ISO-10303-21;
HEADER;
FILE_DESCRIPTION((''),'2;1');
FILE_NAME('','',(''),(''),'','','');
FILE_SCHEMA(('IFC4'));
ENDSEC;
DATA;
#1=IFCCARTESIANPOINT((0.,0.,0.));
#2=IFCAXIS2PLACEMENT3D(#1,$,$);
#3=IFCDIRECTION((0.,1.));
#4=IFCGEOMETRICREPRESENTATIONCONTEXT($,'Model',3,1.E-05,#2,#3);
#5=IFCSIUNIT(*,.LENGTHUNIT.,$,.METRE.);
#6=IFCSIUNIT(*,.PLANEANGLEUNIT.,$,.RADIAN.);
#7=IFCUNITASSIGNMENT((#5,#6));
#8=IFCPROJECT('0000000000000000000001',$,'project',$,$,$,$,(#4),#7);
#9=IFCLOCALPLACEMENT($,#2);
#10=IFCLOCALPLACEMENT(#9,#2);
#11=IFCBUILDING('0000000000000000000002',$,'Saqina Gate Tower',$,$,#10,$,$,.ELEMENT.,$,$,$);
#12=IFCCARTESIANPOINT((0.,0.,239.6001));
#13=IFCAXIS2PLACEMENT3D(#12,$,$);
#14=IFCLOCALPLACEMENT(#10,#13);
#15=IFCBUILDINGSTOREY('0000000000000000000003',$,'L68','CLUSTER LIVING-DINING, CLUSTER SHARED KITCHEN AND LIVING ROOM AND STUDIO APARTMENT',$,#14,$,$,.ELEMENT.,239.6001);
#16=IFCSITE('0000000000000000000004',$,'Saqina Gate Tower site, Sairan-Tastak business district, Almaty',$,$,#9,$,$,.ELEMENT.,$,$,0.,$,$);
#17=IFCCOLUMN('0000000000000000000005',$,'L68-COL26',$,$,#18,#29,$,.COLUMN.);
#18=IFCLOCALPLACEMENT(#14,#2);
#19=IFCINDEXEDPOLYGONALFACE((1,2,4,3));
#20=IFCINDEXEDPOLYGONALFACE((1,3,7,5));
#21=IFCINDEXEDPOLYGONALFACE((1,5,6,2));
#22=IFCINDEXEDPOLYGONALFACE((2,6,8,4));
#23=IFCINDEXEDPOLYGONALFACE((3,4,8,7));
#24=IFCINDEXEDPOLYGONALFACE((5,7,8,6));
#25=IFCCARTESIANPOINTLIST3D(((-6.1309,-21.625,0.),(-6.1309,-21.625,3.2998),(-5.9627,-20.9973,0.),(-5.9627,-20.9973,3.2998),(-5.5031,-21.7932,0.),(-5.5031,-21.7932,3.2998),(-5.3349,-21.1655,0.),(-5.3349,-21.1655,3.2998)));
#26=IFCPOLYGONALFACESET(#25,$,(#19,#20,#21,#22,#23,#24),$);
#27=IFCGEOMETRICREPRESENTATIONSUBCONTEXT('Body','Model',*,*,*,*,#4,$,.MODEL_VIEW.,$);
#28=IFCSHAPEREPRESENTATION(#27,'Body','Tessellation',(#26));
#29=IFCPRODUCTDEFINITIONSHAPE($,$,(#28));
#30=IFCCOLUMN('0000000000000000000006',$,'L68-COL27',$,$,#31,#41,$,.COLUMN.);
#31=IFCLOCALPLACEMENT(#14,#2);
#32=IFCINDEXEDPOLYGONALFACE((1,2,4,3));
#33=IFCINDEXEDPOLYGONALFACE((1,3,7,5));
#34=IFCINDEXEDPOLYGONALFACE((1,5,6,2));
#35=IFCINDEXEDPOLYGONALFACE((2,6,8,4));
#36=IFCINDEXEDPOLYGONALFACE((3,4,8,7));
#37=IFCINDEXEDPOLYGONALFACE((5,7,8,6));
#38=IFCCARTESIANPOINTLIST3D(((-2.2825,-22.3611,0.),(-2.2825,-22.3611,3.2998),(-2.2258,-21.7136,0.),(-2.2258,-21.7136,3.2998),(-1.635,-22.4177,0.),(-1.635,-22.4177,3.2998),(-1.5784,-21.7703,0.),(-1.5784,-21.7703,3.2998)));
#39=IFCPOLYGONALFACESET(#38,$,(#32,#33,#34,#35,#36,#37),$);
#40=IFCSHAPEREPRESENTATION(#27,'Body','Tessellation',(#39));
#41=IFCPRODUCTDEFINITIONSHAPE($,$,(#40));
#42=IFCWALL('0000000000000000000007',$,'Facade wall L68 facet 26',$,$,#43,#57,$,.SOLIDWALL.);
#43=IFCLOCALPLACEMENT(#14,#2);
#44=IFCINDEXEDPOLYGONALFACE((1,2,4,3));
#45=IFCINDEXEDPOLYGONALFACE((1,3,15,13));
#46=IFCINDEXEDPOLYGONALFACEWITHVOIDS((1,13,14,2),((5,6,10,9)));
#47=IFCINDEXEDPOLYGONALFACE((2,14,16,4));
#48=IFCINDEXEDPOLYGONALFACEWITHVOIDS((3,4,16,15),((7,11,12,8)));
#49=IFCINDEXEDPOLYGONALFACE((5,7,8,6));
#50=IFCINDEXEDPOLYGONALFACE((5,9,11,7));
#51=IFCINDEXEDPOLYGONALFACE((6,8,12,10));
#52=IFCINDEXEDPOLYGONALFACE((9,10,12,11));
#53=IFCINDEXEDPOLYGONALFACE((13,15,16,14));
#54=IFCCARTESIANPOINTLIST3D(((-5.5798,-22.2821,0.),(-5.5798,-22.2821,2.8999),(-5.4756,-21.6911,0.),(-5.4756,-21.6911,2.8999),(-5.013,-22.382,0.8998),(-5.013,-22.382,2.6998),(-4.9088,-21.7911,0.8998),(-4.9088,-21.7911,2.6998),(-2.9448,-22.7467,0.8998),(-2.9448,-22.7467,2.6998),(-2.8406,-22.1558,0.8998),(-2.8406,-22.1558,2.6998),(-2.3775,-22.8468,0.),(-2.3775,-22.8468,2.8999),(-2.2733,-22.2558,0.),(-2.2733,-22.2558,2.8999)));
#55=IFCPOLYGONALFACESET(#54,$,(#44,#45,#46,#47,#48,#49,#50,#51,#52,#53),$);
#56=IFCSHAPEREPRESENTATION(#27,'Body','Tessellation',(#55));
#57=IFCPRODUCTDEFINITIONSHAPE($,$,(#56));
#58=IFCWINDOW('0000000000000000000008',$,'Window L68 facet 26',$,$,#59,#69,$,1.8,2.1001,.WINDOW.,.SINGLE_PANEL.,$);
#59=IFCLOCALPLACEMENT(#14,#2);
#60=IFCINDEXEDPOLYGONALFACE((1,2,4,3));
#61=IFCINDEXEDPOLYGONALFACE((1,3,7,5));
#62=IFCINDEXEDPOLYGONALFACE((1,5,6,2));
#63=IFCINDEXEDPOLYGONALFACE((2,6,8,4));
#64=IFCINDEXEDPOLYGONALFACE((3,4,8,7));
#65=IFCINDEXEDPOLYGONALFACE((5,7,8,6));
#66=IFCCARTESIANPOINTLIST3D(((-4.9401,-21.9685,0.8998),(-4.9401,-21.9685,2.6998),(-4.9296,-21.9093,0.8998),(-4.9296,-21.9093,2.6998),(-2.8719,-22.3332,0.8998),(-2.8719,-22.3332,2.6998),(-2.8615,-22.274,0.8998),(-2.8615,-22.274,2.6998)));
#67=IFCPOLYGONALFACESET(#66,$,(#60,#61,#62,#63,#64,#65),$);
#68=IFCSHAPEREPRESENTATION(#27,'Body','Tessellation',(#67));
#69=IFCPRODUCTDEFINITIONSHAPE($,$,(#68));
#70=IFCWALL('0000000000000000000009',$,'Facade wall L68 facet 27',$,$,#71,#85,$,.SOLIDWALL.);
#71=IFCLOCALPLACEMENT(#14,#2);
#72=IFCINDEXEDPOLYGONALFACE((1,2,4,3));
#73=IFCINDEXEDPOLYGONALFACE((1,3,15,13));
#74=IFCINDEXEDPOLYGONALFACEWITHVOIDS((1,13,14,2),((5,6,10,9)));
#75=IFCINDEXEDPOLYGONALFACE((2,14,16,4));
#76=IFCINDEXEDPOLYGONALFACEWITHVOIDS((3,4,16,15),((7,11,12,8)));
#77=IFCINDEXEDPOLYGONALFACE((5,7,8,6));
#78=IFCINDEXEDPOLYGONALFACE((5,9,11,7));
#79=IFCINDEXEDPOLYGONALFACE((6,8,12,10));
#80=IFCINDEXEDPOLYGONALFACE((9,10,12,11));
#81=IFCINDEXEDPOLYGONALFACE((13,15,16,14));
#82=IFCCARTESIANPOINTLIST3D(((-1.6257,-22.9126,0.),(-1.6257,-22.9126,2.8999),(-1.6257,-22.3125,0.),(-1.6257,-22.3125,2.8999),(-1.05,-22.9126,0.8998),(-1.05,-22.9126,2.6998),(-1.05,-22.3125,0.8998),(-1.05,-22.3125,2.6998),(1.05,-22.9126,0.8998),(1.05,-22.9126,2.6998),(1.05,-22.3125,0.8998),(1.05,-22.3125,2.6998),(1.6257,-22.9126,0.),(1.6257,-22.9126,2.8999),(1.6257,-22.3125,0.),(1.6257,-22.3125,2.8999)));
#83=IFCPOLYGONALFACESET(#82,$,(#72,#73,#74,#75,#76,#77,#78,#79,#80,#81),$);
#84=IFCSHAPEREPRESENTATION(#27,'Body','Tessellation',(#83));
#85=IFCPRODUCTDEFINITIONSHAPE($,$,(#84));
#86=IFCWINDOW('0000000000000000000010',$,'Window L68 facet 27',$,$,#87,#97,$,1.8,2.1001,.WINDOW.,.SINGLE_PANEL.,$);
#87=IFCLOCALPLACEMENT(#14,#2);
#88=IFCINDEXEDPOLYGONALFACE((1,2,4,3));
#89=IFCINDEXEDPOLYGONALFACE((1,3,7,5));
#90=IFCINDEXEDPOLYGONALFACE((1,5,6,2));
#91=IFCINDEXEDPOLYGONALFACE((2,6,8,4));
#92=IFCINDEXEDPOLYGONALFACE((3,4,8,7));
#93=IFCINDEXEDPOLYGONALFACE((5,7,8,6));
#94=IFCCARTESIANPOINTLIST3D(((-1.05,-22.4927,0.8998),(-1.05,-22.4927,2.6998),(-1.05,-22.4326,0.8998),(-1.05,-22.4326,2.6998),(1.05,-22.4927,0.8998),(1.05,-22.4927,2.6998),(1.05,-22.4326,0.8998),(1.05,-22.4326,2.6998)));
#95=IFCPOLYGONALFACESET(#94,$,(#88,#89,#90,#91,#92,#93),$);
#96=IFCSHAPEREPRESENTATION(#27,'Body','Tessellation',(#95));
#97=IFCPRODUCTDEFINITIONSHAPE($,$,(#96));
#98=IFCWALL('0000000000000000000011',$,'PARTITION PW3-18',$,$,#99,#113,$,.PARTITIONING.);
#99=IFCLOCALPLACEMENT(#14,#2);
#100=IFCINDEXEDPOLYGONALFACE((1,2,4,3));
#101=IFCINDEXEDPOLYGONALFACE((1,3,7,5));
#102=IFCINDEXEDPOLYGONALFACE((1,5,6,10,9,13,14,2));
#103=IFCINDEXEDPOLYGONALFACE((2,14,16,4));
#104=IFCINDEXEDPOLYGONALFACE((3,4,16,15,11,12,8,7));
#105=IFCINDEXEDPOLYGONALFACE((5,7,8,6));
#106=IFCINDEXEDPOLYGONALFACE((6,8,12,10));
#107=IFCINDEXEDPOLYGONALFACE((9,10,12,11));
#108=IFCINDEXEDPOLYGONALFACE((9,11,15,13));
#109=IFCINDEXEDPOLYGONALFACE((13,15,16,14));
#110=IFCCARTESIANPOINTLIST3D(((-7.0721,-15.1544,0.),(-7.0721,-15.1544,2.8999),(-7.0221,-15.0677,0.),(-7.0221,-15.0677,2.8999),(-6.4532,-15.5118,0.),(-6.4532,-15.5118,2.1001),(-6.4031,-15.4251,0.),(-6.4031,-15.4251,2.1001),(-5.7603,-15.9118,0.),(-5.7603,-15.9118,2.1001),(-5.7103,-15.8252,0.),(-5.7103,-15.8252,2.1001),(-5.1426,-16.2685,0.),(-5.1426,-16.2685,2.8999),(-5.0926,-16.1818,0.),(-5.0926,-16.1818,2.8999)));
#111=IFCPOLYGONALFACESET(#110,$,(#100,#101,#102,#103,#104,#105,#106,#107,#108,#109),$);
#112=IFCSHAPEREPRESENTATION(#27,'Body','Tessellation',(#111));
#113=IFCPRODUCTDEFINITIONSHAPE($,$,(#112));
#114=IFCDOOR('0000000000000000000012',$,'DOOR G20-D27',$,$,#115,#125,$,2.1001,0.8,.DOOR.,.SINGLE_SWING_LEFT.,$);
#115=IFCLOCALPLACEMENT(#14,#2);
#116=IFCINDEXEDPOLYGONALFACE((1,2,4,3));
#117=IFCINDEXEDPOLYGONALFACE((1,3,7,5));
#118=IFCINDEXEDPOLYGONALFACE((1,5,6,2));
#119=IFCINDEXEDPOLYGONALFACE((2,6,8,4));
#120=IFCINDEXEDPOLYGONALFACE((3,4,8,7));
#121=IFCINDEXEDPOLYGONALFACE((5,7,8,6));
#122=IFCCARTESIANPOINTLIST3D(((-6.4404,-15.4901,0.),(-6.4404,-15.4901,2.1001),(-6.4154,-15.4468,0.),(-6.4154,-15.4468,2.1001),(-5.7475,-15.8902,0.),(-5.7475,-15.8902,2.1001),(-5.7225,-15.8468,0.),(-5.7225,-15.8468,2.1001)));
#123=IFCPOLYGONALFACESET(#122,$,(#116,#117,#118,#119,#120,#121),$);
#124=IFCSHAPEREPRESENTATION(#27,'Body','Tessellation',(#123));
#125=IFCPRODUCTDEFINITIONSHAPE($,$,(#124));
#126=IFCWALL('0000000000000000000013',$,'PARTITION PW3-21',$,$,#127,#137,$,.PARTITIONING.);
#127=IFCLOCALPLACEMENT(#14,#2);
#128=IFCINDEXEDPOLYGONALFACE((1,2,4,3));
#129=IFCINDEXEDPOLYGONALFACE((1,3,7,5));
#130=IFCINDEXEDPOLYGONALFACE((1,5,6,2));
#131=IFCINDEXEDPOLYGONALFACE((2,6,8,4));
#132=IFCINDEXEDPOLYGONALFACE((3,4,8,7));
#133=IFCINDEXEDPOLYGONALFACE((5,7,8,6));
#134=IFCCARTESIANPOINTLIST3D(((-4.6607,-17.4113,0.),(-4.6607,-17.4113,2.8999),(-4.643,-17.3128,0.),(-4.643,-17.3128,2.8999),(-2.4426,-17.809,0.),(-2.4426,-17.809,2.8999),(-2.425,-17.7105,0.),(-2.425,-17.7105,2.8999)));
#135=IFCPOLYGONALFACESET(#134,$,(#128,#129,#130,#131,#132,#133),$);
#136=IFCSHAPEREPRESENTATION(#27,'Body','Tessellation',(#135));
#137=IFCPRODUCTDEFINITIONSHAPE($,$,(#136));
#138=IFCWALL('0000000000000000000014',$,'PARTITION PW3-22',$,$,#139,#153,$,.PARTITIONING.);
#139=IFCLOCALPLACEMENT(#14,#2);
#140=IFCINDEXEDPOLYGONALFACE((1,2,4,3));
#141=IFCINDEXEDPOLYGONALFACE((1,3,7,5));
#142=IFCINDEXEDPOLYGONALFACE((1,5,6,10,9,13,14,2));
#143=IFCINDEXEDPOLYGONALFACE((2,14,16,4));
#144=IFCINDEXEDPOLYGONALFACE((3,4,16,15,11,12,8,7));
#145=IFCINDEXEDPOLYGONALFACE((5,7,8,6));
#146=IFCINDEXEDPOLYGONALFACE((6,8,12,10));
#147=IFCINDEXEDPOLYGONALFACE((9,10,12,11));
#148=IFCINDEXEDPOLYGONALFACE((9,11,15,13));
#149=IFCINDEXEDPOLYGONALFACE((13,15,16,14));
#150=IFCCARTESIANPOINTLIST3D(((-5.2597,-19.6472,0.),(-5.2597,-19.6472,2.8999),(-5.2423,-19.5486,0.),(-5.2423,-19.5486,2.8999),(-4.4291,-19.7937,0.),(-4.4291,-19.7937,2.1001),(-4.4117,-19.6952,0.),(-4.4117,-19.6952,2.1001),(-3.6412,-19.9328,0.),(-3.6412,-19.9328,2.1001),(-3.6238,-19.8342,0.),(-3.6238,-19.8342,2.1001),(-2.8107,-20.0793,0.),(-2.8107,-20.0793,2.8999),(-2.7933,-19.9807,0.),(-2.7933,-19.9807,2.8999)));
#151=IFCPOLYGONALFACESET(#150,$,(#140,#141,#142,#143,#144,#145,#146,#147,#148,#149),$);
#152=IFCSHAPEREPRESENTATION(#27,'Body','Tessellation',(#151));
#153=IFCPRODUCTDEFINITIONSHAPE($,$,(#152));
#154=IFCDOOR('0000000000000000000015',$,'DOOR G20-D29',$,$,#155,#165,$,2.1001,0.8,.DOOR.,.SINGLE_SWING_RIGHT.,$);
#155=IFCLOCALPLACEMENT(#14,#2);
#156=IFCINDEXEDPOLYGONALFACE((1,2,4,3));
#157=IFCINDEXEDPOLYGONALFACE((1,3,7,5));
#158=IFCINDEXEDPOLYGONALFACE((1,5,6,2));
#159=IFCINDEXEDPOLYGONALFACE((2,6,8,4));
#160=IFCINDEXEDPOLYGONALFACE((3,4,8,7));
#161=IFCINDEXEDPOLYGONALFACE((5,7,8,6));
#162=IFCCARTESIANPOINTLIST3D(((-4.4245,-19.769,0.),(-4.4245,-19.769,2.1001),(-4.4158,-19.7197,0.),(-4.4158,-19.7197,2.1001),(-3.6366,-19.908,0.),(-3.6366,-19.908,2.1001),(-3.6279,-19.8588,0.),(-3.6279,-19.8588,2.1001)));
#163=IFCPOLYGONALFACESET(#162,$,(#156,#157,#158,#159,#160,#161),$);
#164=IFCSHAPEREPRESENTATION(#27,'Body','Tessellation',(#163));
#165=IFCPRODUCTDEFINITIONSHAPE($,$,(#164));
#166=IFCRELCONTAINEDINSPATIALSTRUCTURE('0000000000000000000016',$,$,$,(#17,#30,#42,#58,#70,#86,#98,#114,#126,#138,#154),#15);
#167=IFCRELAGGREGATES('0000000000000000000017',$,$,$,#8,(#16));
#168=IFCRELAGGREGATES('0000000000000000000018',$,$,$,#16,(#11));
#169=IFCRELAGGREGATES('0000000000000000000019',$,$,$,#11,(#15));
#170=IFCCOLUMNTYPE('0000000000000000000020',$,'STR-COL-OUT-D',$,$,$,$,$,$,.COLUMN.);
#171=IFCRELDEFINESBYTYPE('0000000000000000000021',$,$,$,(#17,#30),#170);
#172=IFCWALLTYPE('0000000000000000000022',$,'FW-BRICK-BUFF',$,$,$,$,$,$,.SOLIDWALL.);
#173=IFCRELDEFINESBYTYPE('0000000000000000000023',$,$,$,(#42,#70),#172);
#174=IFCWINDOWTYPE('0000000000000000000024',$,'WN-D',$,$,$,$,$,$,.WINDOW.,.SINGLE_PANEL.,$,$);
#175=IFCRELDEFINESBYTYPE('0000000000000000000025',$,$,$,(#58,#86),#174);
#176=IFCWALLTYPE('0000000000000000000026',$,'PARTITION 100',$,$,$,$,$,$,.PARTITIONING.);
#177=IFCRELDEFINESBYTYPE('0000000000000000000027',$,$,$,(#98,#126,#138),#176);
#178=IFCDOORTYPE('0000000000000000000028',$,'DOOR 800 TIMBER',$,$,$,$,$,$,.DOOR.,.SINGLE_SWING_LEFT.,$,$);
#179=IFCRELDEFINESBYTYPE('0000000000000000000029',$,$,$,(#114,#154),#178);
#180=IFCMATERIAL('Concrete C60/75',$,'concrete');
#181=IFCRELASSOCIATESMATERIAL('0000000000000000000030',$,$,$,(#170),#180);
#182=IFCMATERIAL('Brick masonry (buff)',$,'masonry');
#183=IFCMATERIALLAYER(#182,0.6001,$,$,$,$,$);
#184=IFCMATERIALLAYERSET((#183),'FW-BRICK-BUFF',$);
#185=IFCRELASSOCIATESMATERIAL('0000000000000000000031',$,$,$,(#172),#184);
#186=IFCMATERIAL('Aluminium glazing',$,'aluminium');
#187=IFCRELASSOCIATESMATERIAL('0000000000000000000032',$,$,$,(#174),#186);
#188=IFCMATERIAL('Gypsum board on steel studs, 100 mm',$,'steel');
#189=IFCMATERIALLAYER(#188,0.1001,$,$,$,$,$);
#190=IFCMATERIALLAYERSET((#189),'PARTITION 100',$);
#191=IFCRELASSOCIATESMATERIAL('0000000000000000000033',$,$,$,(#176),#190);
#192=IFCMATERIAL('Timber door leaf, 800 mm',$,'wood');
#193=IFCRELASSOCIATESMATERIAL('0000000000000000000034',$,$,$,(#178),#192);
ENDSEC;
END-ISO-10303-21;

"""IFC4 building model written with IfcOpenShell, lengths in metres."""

from ifc_helpers import new_model, si_unit, direction, frame, frame_2d, origin, origin_2d, place, context, subcontext, project, spatial, rectangle, extrude, material, layer, layer_set, material_profile, profile_set, type_object, element, fill, save


model = new_model("IFC4")

# Units and contexts
model_context = context("Model", 3, precision=1e-05, world=origin(), true_north=direction((0.0, 1.0)))
body_context = subcontext(model_context, "Body", "Model", "MODEL_VIEW")
ifc_project = project(units=[si_unit("LENGTHUNIT", "METRE"), si_unit("PLANEANGLEUNIT", "RADIAN")], contexts=[model_context])

# Site, building, storey
site_placement = place(None, origin())
site = spatial("IfcSite", under=ifc_project, at=site_placement, Name="Saqina Gate Tower site, Sairan-Tastak business district, Almaty", CompositionType="ELEMENT", RefElevation=0.0)
building_placement = place(site_placement, origin())
building = spatial("IfcBuilding", under=site, at=building_placement, Name="Saqina Gate Tower", CompositionType="ELEMENT")
storey_placement = place(building_placement, frame((0.0, 0.0, 239.6001)))
storey = spatial("IfcBuildingStorey", under=building, at=storey_placement, Name="L68", Description="CLUSTER LIVING-DINING, CLUSTER SHARED KITCHEN AND LIVING ROOM AND STUDIO APARTMENT", CompositionType="ELEMENT", Elevation=239.6001)

# Columns
ifc_material_1 = material(Name="Concrete C60/75", Category="concrete")
ifc_material_profile = material_profile(ifc_material_1, rectangle(XDim=0.6499, YDim=0.6499, at=origin_2d()), Name="RC 650x650")
ifc_profile_set = profile_set([ifc_material_profile], Name="Concrete C60/75")
column_type = type_object("IfcColumnType", Name="STR-COL-OUT-D", PredefinedType="COLUMN", material=ifc_profile_set)
for number, where, z_axis, x_axis, name in (
    (1, (-5.7329, -21.3953, 0.0), (0.0, 0.0, 1.0), (-0.258819, -0.965926, 0.0), "L68-COL26"),
    (2, (-1.9304, -22.0657, 0.0), (0.0, 0.0, 1.0), (-0.087156, -0.996195, 0.0), "L68-COL27"),
):
    element("IfcColumn", number, at=place(storey_placement, frame(where, z_axis=z_axis, x_axis=x_axis)), inside=storey, type_object=column_type, Name=name, PredefinedType="COLUMN", context=body_context, shape_type="SweptSolid", body=[
        extrude(rectangle(XDim=0.6499, YDim=0.6499, at=origin_2d()), origin(), (0.0, 0.0, 1.0), 3.2998),
    ])

# Walls, openings, windows
ifc_material_2 = material(Name="Brick masonry (buff)", Category="masonry")
ifc_layer_1 = layer(ifc_material_2, 0.6001)
ifc_layer_set_1 = layer_set([ifc_layer_1], Name="FW-BRICK-BUFF")
wall_type_1 = type_object("IfcWallType", Name="FW-BRICK-BUFF", PredefinedType="SOLIDWALL", material=ifc_layer_set_1)
wall_1_placement = place(storey_placement, frame((-5.5278, -21.9866, 0.0), z_axis=(0.0, 0.0, 1.0), x_axis=(0.984806, -0.173657, 0.0)))
wall_1 = element("IfcWall", 3, at=wall_1_placement, inside=storey, type_object=wall_type_1, Name="Facade wall L68 facet 26", PredefinedType="SOLIDWALL", context=body_context, shape_type="SweptSolid", body=[
    extrude(rectangle(XDim=3.2517, YDim=0.6001, at=frame_2d((1.626, 0.0))), origin(), (0.0, 0.0, 1.0), 2.8999),
])
opening_1_placement = place(wall_1_placement, frame((0.5757, 0.0, 0.8999)))
opening_1 = element("IfcOpeningElement", 4, at=opening_1_placement, cuts=wall_1, PredefinedType="OPENING", context=body_context, shape_type="SweptSolid", body=[
    extrude(rectangle(XDim=2.1001, YDim=1.8, at=frame_2d((1.05, 0.8999))), frame((0.0, 0.312, 0.0), z_axis=(0.0, -1.0, 0.0), x_axis=(1.0, 0.0, 0.0)), (0.0, 0.0, 1.0), 0.624),
])
ifc_material_3 = material(Name="Aluminium glazing", Category="aluminium")
window_type = type_object("IfcWindowType", Name="WN-D", PartitioningType="SINGLE_PANEL", PredefinedType="WINDOW", material=ifc_material_3)
window_1_placement = place(opening_1_placement, origin())
window_1 = element("IfcWindow", 5, at=window_1_placement, inside=storey, type_object=window_type, Name="Window L68 facet 26", OverallHeight=1.8, OverallWidth=2.1001, PartitioningType="SINGLE_PANEL", PredefinedType="WINDOW", context=body_context, shape_type="SweptSolid", body=[
    extrude(rectangle(XDim=2.1001, YDim=1.8, at=frame_2d((1.05, 0.8999))), frame((0.0, 0.1799, 0.0), z_axis=(0.0, -1.0, 0.0), x_axis=(1.0, 0.0, 0.0)), (0.0, 0.0, 1.0), 0.0601),
])
fill(opening_1, window_1)
wall_2_placement = place(storey_placement, frame((-1.6257, -22.6125, 0.0), z_axis=(0.0, 0.0, 1.0), x_axis=(1.0, 0.0, 0.0)))
wall_2 = element("IfcWall", 6, at=wall_2_placement, inside=storey, type_object=wall_type_1, Name="Facade wall L68 facet 27", PredefinedType="SOLIDWALL", context=body_context, shape_type="SweptSolid", body=[
    extrude(rectangle(XDim=3.2515, YDim=0.6001, at=frame_2d((1.6257, 0.0))), origin(), (0.0, 0.0, 1.0), 2.8999),
])
opening_2_placement = place(wall_2_placement, frame((0.5757, 0.0, 0.8999)))
opening_2 = element("IfcOpeningElement", 7, at=opening_2_placement, cuts=wall_2, PredefinedType="OPENING", context=body_context, shape_type="SweptSolid", body=[
    extrude(rectangle(XDim=2.1001, YDim=1.8, at=frame_2d((1.05, 0.8999))), frame((0.0, 0.312, 0.0), z_axis=(0.0, -1.0, 0.0), x_axis=(1.0, 0.0, 0.0)), (0.0, 0.0, 1.0), 0.624),
])
window_2_placement = place(opening_2_placement, origin())
window_2 = element("IfcWindow", 8, at=window_2_placement, inside=storey, type_object=window_type, Name="Window L68 facet 27", OverallHeight=1.8, OverallWidth=2.1001, PartitioningType="SINGLE_PANEL", PredefinedType="WINDOW", context=body_context, shape_type="SweptSolid", body=[
    extrude(rectangle(XDim=2.1001, YDim=1.8, at=frame_2d((1.05, 0.8999))), frame((0.0, 0.1799, 0.0), z_axis=(0.0, -1.0, 0.0), x_axis=(1.0, 0.0, 0.0)), (0.0, 0.0, 1.0), 0.0601),
])
fill(opening_2, window_2)

# Wall, opening, door
ifc_material_4 = material(Name="Gypsum board on steel studs, 100 mm", Category="steel")
ifc_layer_2 = layer(ifc_material_4, 0.1001)
ifc_layer_set_2 = layer_set([ifc_layer_2], Name="PARTITION 100")
wall_type_2 = type_object("IfcWallType", Name="PARTITION 100", PredefinedType="PARTITIONING", material=ifc_layer_set_2)
wall_3_placement = place(storey_placement, frame((-7.0471, -15.1111, 0.0), z_axis=(0.0, 0.0, 1.0), x_axis=(0.866016, -0.500017, 0.0)))
wall_3 = element("IfcWall", 9, at=wall_3_placement, inside=storey, type_object=wall_type_2, Name="PARTITION PW3-18", PredefinedType="PARTITIONING", context=body_context, shape_type="SweptSolid", body=[
    extrude(rectangle(XDim=2.228, YDim=0.1001, at=frame_2d((1.114, 0.0))), origin(), (0.0, 0.0, 1.0), 2.8999),
])
opening_3_placement = place(wall_3_placement, frame((0.7148, 0.0, 0.0)))
opening_3 = element("IfcOpeningElement", 10, at=opening_3_placement, cuts=wall_3, PredefinedType="OPENING", context=body_context, shape_type="SweptSolid", body=[
    extrude(rectangle(XDim=0.8, YDim=2.1001, at=frame_2d((0.3999, 1.05))), frame((0.0, 0.062, 0.0), z_axis=(0.0, -1.0, 0.0), x_axis=(1.0, 0.0, 0.0)), (0.0, 0.0, 1.0), 0.124),
])
ifc_material_5 = material(Name="Timber door leaf, 800 mm", Category="wood")
door_type_1 = type_object("IfcDoorType", Name="DOOR 800 TIMBER", OperationType="SINGLE_SWING_LEFT", PredefinedType="DOOR", material=ifc_material_5)
door_1_placement = place(opening_3_placement, frame((0.8, 0.0, 0.0), z_axis=(0.0, 0.0, 1.0), x_axis=(-1.0, 0.0, 0.0)))
door_1 = element("IfcDoor", 11, at=door_1_placement, inside=storey, type_object=door_type_1, Name="DOOR G20-D27", OperationType="SINGLE_SWING_LEFT", OverallHeight=2.1001, OverallWidth=0.8, PredefinedType="DOOR", context=body_context, shape_type="SweptSolid", body=[
    extrude(rectangle(XDim=0.8, YDim=2.1001, at=frame_2d((0.3999, 1.05))), frame((0.0, 0.0249, 0.0), z_axis=(0.0, -1.0, 0.0), x_axis=(1.0, 0.0, 0.0)), (0.0, 0.0, 1.0), 0.05),
])
fill(opening_3, door_1)

# Wall
wall_4_placement = place(storey_placement, frame((-4.6519, -17.3621, 0.0), z_axis=(0.0, 0.0, 1.0), x_axis=(0.984302, -0.176492, 0.0)))
element("IfcWall", 12, at=wall_4_placement, inside=storey, type_object=wall_type_2, Name="PARTITION PW3-21", PredefinedType="PARTITIONING", context=body_context, shape_type="SweptSolid", body=[
    extrude(rectangle(XDim=2.2534, YDim=0.1001, at=frame_2d((1.1267, 0.0))), origin(), (0.0, 0.0, 1.0), 2.8999),
])

# Wall, opening, door
wall_5_placement = place(storey_placement, frame((-5.251, -19.5979, 0.0), z_axis=(0.0, 0.0, 1.0), x_axis=(0.984787, -0.173769, 0.0)))
wall_5 = element("IfcWall", 13, at=wall_5_placement, inside=storey, type_object=wall_type_2, Name="PARTITION PW3-22", PredefinedType="PARTITIONING", context=body_context, shape_type="SweptSolid", body=[
    extrude(rectangle(XDim=2.4868, YDim=0.1001, at=frame_2d((1.2434, 0.0))), origin(), (0.0, 0.0, 1.0), 2.8999),
])
opening_4_placement = place(wall_5_placement, frame((0.8435, 0.0, 0.0)))
opening_4 = element("IfcOpeningElement", 14, at=opening_4_placement, cuts=wall_5, PredefinedType="OPENING", context=body_context, shape_type="SweptSolid", body=[
    extrude(rectangle(XDim=0.8, YDim=2.1001, at=frame_2d((0.3999, 1.05))), frame((0.0, 0.062, 0.0), z_axis=(0.0, -1.0, 0.0), x_axis=(1.0, 0.0, 0.0)), (0.0, 0.0, 1.0), 0.124),
])
door_2_placement = place(opening_4_placement, frame((0.8, 0.0, 0.0), z_axis=(0.0, 0.0, 1.0), x_axis=(-1.0, 0.0, 0.0)))
door_2 = element("IfcDoor", 15, at=door_2_placement, inside=storey, type_object=door_type_1, Name="DOOR G20-D29", OperationType="SINGLE_SWING_RIGHT", OverallHeight=2.1001, OverallWidth=0.8, PredefinedType="DOOR", context=body_context, shape_type="SweptSolid", body=[
    extrude(rectangle(XDim=0.8, YDim=2.1001, at=frame_2d((0.3999, 1.05))), frame((0.0, 0.0249, 0.0), z_axis=(0.0, -1.0, 0.0), x_axis=(1.0, 0.0, 0.0)), (0.0, 0.0, 1.0), 0.05),
])
fill(opening_4, door_2)

save(model, "model.ifc")
